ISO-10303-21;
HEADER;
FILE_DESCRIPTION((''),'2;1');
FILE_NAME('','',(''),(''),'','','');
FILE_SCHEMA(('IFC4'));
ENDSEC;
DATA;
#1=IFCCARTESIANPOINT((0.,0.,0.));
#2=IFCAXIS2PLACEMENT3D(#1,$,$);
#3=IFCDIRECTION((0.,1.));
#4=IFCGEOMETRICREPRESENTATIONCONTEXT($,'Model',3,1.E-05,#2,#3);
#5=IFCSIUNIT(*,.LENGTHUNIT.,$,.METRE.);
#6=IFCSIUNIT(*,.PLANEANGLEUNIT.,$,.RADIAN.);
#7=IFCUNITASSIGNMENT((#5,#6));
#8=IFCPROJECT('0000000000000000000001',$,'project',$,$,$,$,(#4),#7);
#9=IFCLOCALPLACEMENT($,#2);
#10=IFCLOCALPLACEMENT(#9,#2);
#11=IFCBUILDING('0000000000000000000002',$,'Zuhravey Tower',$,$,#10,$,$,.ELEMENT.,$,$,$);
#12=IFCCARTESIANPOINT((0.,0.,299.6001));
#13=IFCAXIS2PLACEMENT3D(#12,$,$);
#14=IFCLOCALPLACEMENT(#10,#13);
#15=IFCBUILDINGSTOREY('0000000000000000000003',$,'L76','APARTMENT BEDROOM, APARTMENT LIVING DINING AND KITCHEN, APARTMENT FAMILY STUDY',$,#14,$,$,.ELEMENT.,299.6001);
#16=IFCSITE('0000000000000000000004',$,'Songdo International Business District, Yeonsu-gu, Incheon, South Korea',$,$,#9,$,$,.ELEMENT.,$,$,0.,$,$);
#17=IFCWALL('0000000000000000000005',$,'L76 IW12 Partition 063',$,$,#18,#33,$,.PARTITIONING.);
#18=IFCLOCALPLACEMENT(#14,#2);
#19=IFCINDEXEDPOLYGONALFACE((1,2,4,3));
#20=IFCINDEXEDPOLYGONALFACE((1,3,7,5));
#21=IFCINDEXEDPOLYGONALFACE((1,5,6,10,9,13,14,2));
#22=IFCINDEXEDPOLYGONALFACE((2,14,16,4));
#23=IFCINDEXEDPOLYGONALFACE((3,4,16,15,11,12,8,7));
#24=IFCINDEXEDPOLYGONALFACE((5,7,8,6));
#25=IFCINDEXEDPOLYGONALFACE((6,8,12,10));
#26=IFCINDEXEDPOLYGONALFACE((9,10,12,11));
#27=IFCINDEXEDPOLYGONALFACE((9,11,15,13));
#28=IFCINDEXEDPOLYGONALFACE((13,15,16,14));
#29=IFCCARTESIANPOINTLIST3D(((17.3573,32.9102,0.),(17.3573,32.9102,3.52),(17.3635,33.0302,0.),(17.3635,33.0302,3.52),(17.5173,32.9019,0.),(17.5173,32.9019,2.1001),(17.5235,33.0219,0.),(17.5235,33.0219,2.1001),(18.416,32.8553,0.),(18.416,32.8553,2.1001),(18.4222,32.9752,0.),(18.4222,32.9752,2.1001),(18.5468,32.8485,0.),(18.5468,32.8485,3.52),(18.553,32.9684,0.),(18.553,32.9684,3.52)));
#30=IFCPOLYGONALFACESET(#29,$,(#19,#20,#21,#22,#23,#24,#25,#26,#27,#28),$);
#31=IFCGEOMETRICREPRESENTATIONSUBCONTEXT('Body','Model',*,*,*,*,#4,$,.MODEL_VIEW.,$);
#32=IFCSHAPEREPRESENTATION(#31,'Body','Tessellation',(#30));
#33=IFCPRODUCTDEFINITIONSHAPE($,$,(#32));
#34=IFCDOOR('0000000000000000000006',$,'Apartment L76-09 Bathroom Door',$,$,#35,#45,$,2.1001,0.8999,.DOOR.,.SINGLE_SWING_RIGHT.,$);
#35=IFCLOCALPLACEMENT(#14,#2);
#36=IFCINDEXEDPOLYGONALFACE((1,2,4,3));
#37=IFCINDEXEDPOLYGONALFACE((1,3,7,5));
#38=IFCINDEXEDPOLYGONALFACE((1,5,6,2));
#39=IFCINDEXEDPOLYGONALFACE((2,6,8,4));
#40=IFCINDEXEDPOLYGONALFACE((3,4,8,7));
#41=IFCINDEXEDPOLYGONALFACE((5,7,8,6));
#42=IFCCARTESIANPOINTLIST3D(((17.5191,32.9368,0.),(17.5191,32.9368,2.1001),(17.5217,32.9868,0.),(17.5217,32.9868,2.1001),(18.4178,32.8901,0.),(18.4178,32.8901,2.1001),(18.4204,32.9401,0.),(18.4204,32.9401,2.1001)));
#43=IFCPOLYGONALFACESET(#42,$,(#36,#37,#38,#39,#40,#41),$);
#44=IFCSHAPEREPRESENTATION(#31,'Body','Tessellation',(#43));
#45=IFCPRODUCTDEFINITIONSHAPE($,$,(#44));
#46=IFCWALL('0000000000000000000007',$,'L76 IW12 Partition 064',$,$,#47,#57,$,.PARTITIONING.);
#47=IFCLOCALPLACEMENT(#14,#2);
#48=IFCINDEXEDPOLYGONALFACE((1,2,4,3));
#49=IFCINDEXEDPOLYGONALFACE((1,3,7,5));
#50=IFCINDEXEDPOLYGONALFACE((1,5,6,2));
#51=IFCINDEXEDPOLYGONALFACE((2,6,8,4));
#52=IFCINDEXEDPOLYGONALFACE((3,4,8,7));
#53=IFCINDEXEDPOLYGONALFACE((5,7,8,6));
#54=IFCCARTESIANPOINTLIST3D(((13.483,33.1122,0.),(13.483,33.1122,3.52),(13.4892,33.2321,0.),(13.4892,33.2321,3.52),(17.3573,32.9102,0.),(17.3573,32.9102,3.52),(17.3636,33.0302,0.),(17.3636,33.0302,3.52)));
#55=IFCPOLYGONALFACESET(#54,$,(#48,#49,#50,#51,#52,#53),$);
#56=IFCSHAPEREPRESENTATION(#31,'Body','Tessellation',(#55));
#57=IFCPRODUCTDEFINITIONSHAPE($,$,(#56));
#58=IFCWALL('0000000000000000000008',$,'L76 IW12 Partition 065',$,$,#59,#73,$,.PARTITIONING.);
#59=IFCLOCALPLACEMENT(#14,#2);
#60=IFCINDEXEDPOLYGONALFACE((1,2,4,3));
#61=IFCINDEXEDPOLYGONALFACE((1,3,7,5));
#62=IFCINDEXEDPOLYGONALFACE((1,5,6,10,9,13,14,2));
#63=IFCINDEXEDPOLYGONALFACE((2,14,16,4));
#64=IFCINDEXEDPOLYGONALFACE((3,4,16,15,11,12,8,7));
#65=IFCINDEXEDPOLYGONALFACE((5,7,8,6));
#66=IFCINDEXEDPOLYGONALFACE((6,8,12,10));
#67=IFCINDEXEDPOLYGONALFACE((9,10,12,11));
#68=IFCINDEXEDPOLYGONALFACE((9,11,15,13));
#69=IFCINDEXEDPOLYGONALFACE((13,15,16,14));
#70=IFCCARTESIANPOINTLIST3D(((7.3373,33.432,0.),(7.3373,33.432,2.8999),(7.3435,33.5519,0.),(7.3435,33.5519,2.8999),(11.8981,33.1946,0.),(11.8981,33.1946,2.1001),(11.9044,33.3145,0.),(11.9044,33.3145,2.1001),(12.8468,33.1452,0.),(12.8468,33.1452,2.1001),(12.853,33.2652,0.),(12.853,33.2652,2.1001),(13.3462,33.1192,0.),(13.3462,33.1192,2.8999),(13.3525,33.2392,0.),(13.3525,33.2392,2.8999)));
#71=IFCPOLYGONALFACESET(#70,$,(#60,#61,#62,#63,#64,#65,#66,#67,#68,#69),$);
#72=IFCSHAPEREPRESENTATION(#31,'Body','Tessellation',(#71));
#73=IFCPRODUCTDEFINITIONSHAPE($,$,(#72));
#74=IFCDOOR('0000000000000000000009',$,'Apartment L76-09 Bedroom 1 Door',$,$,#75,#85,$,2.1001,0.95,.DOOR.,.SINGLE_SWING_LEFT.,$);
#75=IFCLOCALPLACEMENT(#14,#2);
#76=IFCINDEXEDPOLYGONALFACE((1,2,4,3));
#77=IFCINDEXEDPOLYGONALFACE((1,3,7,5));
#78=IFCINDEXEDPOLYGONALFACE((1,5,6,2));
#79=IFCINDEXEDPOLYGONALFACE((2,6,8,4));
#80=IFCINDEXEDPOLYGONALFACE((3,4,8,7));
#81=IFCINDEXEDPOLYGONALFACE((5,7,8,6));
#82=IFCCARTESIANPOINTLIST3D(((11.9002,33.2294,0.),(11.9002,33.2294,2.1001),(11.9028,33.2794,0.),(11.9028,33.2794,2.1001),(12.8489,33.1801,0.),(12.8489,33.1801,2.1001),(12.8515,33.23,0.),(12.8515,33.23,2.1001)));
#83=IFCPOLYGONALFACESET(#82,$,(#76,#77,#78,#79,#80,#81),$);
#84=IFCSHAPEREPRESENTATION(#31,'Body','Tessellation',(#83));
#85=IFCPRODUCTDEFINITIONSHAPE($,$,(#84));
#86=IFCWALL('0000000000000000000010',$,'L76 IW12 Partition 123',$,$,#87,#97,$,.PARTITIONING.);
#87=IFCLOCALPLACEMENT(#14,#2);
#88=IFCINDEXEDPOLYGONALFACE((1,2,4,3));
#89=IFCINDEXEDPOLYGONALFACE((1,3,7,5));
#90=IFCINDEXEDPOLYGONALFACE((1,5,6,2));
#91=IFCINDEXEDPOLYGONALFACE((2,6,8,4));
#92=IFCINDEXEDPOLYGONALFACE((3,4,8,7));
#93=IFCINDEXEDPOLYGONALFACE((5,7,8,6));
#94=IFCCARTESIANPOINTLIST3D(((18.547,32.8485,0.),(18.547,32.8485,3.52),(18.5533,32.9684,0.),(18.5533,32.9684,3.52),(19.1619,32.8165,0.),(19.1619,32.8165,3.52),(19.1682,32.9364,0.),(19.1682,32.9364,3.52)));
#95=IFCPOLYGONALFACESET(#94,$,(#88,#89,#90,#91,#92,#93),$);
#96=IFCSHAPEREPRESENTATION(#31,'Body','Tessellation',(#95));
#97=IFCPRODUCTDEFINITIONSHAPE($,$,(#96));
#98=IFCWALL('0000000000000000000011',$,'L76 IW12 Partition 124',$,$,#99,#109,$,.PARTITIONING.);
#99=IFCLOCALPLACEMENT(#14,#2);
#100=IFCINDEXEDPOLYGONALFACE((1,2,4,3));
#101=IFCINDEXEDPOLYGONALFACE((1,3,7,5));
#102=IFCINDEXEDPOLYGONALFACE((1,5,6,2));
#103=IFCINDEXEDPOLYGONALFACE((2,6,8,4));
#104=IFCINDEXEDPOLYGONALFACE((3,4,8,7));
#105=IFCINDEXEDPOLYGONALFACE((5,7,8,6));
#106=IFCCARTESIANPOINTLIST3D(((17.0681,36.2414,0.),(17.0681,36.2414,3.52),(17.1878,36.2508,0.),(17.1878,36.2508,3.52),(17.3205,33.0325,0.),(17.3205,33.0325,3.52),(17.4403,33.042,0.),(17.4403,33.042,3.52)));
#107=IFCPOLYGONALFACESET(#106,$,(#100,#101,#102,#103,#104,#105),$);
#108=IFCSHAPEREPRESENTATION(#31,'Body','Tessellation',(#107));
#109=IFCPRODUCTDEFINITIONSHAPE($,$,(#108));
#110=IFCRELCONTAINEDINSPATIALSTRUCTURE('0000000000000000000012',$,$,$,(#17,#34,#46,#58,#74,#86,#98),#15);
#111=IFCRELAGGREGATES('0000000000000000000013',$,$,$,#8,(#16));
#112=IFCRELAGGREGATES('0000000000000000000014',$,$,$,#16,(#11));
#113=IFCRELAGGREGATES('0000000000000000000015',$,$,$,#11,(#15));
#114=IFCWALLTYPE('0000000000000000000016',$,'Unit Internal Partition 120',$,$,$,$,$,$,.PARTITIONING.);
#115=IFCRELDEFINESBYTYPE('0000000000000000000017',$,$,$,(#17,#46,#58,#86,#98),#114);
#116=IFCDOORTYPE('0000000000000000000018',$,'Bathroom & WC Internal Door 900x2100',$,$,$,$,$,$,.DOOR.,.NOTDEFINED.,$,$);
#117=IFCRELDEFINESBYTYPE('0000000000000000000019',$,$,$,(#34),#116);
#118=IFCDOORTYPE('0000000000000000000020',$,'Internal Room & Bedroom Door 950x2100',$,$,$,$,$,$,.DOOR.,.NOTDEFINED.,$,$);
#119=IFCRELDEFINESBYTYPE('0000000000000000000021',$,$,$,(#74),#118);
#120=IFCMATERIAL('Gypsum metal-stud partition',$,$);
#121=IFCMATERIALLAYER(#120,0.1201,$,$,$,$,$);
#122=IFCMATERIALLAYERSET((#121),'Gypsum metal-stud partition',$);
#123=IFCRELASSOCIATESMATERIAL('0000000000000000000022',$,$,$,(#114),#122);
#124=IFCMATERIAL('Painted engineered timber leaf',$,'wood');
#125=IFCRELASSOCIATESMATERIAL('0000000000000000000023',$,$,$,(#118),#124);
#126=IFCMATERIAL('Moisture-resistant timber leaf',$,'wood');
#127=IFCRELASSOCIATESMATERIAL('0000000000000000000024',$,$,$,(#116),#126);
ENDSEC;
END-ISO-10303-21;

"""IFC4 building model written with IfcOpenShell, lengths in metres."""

from ifc_helpers import new_model, si_unit, direction, frame, frame_2d, origin, place, context, subcontext, project, spatial, rectangle, extrude, material, layer, layer_set, type_object, element, fill, save


model = new_model("IFC4")

# Units and contexts
model_context = context("Model", 3, precision=1e-05, world=origin(), true_north=direction((0.0, 1.0)))
body_context = subcontext(model_context, "Body", "Model", "MODEL_VIEW")
ifc_project = project(units=[si_unit("LENGTHUNIT", "METRE"), si_unit("PLANEANGLEUNIT", "RADIAN")], contexts=[model_context])

# Site, building, storey
site_placement = place(None, origin())
site = spatial("IfcSite", under=ifc_project, at=site_placement, Name="Songdo International Business District, Yeonsu-gu, Incheon, South Korea", CompositionType="ELEMENT", RefElevation=0.0)
building_placement = place(site_placement, origin())
building = spatial("IfcBuilding", under=site, at=building_placement, Name="Zuhravey Tower", CompositionType="ELEMENT")
storey_placement = place(building_placement, frame((0.0, 0.0, 299.6001)))
storey = spatial("IfcBuildingStorey", under=building, at=storey_placement, Name="L76", Description="APARTMENT BEDROOM, APARTMENT LIVING DINING AND KITCHEN, APARTMENT FAMILY STUDY", CompositionType="ELEMENT", Elevation=299.6001)

# Wall, opening, door
ifc_material_1 = material(Name="Gypsum metal-stud partition")
ifc_layer_1 = layer(ifc_material_1, 0.1201)
ifc_layer_set_1 = layer_set([ifc_layer_1], Name="Gypsum metal-stud partition")
wall_type_1 = type_object("IfcWallType", Name="Unit Internal Partition 120", PredefinedType="PARTITIONING", material=ifc_layer_set_1)
ifc_material_2 = material(Name="Painted engineered timber leaf", Category="wood")
door_type_1 = type_object("IfcDoorType", Name="Internal Room & Bedroom Door 950x2100", OperationType="NOTDEFINED", PredefinedType="DOOR", material=ifc_material_2)
wall_1_placement = place(storey_placement, frame((18.55, 32.9084, 0.0), z_axis=(0.0, 0.0, 1.0), x_axis=(-0.998654, 0.05186, 0.0)))
wall_1 = element("IfcWall", 1, at=wall_1_placement, inside=storey, type_object=wall_type_1, Name="L76 IW12 Partition 063", PredefinedType="PARTITIONING", context=body_context, shape_type="SweptSolid", body=[
    extrude(rectangle(XDim=1.1912, YDim=0.1201, at=frame_2d((0.5957, 0.0))), origin(), (0.0, 0.0, 1.0), 3.52),
])
opening_1_placement = place(wall_1_placement, frame((0.1311, 0.0, 0.0)))
opening_1 = element("IfcOpeningElement", 2, at=opening_1_placement, cuts=wall_1, PredefinedType="OPENING", context=body_context, shape_type="SweptSolid", body=[
    extrude(rectangle(XDim=0.8999, YDim=2.1001, at=frame_2d((0.45, 1.05))), frame((0.0, 0.072, 0.0), z_axis=(0.0, -1.0, 0.0), x_axis=(1.0, 0.0, 0.0)), (0.0, 0.0, 1.0), 0.144),
])
ifc_material_3 = material(Name="Moisture-resistant timber leaf", Category="wood")
door_type_2 = type_object("IfcDoorType", Name="Bathroom & WC Internal Door 900x2100", OperationType="NOTDEFINED", PredefinedType="DOOR", material=ifc_material_3)
door_1_placement = place(opening_1_placement, frame((0.8999, 0.0, 0.0), z_axis=(0.0, 0.0, 1.0), x_axis=(-1.0, 0.0, 0.0)))
door_1 = element("IfcDoor", 3, at=door_1_placement, inside=storey, type_object=door_type_2, Name="Apartment L76-09 Bathroom Door", OperationType="SINGLE_SWING_RIGHT", OverallHeight=2.1001, OverallWidth=0.8999, PredefinedType="DOOR", context=body_context, shape_type="SweptSolid", body=[
    extrude(rectangle(XDim=0.8999, YDim=2.1001, at=frame_2d((0.45, 1.05))), frame((0.0, 0.0249, 0.0), z_axis=(0.0, -1.0, 0.0), x_axis=(1.0, 0.0, 0.0)), (0.0, 0.0, 1.0), 0.05),
])
fill(opening_1, door_1)

# Wall
wall_2_placement = place(storey_placement, frame((17.3606, 32.9702, 0.0), z_axis=(0.0, 0.0, 1.0), x_axis=(-0.998645, 0.052044, 0.0)))
element("IfcWall", 4, at=wall_2_placement, inside=storey, type_object=wall_type_1, Name="L76 IW12 Partition 064", PredefinedType="PARTITIONING", context=body_context, shape_type="SweptSolid", body=[
    extrude(rectangle(XDim=3.8796, YDim=0.1201, at=frame_2d((1.9399, 0.0))), origin(), (0.0, 0.0, 1.0), 3.52),
])

# Wall, opening, door
wall_3_placement = place(storey_placement, frame((13.3494, 33.1792, 0.0), z_axis=(0.0, 0.0, 1.0), x_axis=(-0.998648, 0.051975, 0.0)))
wall_3 = element("IfcWall", 5, at=wall_3_placement, inside=storey, type_object=wall_type_1, Name="L76 IW12 Partition 065", PredefinedType="PARTITIONING", context=body_context, shape_type="SweptSolid", body=[
    extrude(rectangle(XDim=6.0171, YDim=0.1201, at=frame_2d((3.0085, 0.0))), origin(), (0.0, 0.0, 1.0), 2.8999),
])
opening_2_placement = place(wall_3_placement, frame((0.5, 0.0, 0.0)))
opening_2 = element("IfcOpeningElement", 6, at=opening_2_placement, cuts=wall_3, PredefinedType="OPENING", context=body_context, shape_type="SweptSolid", body=[
    extrude(rectangle(XDim=0.95, YDim=2.1001, at=frame_2d((0.4751, 1.05))), frame((0.0, 0.072, 0.0), z_axis=(0.0, -1.0, 0.0), x_axis=(1.0, 0.0, 0.0)), (0.0, 0.0, 1.0), 0.144),
])
door_2_placement = place(opening_2_placement, frame((0.95, 0.0, 0.0), z_axis=(0.0, 0.0, 1.0), x_axis=(-1.0, 0.0, 0.0)))
door_2 = element("IfcDoor", 7, at=door_2_placement, inside=storey, type_object=door_type_1, Name="Apartment L76-09 Bedroom 1 Door", OperationType="SINGLE_SWING_LEFT", OverallHeight=2.1001, OverallWidth=0.95, PredefinedType="DOOR", context=body_context, shape_type="SweptSolid", body=[
    extrude(rectangle(XDim=0.95, YDim=2.1001, at=frame_2d((0.4751, 1.05))), frame((0.0, 0.0249, 0.0), z_axis=(0.0, -1.0, 0.0), x_axis=(1.0, 0.0, 0.0)), (0.0, 0.0, 1.0), 0.05),
])
fill(opening_2, door_2)

# Walls
wall_4_placement = place(storey_placement, frame((19.165, 32.8765, 0.0), z_axis=(0.0, 0.0, 1.0), x_axis=(-0.99865, 0.051935, 0.0)))
element("IfcWall", 8, at=wall_4_placement, inside=storey, type_object=wall_type_1, Name="L76 IW12 Partition 123", PredefinedType="PARTITIONING", context=body_context, shape_type="SweptSolid", body=[
    extrude(rectangle(XDim=0.6157, YDim=0.1201, at=frame_2d((0.3079, 0.0))), origin(), (0.0, 0.0, 1.0), 3.52),
])
wall_5_placement = place(storey_placement, frame((17.1279, 36.2461, 0.0), z_axis=(0.0, 0.0, 1.0), x_axis=(0.078431, -0.99692, 0.0)))
element("IfcWall", 9, at=wall_5_placement, inside=storey, type_object=wall_type_1, Name="L76 IW12 Partition 124", PredefinedType="PARTITIONING", context=body_context, shape_type="SweptSolid", body=[
    extrude(rectangle(XDim=3.2188, YDim=0.1201, at=frame_2d((1.6094, 0.0))), origin(), (0.0, 0.0, 1.0), 3.52),
])

save(model, "model.ifc")
